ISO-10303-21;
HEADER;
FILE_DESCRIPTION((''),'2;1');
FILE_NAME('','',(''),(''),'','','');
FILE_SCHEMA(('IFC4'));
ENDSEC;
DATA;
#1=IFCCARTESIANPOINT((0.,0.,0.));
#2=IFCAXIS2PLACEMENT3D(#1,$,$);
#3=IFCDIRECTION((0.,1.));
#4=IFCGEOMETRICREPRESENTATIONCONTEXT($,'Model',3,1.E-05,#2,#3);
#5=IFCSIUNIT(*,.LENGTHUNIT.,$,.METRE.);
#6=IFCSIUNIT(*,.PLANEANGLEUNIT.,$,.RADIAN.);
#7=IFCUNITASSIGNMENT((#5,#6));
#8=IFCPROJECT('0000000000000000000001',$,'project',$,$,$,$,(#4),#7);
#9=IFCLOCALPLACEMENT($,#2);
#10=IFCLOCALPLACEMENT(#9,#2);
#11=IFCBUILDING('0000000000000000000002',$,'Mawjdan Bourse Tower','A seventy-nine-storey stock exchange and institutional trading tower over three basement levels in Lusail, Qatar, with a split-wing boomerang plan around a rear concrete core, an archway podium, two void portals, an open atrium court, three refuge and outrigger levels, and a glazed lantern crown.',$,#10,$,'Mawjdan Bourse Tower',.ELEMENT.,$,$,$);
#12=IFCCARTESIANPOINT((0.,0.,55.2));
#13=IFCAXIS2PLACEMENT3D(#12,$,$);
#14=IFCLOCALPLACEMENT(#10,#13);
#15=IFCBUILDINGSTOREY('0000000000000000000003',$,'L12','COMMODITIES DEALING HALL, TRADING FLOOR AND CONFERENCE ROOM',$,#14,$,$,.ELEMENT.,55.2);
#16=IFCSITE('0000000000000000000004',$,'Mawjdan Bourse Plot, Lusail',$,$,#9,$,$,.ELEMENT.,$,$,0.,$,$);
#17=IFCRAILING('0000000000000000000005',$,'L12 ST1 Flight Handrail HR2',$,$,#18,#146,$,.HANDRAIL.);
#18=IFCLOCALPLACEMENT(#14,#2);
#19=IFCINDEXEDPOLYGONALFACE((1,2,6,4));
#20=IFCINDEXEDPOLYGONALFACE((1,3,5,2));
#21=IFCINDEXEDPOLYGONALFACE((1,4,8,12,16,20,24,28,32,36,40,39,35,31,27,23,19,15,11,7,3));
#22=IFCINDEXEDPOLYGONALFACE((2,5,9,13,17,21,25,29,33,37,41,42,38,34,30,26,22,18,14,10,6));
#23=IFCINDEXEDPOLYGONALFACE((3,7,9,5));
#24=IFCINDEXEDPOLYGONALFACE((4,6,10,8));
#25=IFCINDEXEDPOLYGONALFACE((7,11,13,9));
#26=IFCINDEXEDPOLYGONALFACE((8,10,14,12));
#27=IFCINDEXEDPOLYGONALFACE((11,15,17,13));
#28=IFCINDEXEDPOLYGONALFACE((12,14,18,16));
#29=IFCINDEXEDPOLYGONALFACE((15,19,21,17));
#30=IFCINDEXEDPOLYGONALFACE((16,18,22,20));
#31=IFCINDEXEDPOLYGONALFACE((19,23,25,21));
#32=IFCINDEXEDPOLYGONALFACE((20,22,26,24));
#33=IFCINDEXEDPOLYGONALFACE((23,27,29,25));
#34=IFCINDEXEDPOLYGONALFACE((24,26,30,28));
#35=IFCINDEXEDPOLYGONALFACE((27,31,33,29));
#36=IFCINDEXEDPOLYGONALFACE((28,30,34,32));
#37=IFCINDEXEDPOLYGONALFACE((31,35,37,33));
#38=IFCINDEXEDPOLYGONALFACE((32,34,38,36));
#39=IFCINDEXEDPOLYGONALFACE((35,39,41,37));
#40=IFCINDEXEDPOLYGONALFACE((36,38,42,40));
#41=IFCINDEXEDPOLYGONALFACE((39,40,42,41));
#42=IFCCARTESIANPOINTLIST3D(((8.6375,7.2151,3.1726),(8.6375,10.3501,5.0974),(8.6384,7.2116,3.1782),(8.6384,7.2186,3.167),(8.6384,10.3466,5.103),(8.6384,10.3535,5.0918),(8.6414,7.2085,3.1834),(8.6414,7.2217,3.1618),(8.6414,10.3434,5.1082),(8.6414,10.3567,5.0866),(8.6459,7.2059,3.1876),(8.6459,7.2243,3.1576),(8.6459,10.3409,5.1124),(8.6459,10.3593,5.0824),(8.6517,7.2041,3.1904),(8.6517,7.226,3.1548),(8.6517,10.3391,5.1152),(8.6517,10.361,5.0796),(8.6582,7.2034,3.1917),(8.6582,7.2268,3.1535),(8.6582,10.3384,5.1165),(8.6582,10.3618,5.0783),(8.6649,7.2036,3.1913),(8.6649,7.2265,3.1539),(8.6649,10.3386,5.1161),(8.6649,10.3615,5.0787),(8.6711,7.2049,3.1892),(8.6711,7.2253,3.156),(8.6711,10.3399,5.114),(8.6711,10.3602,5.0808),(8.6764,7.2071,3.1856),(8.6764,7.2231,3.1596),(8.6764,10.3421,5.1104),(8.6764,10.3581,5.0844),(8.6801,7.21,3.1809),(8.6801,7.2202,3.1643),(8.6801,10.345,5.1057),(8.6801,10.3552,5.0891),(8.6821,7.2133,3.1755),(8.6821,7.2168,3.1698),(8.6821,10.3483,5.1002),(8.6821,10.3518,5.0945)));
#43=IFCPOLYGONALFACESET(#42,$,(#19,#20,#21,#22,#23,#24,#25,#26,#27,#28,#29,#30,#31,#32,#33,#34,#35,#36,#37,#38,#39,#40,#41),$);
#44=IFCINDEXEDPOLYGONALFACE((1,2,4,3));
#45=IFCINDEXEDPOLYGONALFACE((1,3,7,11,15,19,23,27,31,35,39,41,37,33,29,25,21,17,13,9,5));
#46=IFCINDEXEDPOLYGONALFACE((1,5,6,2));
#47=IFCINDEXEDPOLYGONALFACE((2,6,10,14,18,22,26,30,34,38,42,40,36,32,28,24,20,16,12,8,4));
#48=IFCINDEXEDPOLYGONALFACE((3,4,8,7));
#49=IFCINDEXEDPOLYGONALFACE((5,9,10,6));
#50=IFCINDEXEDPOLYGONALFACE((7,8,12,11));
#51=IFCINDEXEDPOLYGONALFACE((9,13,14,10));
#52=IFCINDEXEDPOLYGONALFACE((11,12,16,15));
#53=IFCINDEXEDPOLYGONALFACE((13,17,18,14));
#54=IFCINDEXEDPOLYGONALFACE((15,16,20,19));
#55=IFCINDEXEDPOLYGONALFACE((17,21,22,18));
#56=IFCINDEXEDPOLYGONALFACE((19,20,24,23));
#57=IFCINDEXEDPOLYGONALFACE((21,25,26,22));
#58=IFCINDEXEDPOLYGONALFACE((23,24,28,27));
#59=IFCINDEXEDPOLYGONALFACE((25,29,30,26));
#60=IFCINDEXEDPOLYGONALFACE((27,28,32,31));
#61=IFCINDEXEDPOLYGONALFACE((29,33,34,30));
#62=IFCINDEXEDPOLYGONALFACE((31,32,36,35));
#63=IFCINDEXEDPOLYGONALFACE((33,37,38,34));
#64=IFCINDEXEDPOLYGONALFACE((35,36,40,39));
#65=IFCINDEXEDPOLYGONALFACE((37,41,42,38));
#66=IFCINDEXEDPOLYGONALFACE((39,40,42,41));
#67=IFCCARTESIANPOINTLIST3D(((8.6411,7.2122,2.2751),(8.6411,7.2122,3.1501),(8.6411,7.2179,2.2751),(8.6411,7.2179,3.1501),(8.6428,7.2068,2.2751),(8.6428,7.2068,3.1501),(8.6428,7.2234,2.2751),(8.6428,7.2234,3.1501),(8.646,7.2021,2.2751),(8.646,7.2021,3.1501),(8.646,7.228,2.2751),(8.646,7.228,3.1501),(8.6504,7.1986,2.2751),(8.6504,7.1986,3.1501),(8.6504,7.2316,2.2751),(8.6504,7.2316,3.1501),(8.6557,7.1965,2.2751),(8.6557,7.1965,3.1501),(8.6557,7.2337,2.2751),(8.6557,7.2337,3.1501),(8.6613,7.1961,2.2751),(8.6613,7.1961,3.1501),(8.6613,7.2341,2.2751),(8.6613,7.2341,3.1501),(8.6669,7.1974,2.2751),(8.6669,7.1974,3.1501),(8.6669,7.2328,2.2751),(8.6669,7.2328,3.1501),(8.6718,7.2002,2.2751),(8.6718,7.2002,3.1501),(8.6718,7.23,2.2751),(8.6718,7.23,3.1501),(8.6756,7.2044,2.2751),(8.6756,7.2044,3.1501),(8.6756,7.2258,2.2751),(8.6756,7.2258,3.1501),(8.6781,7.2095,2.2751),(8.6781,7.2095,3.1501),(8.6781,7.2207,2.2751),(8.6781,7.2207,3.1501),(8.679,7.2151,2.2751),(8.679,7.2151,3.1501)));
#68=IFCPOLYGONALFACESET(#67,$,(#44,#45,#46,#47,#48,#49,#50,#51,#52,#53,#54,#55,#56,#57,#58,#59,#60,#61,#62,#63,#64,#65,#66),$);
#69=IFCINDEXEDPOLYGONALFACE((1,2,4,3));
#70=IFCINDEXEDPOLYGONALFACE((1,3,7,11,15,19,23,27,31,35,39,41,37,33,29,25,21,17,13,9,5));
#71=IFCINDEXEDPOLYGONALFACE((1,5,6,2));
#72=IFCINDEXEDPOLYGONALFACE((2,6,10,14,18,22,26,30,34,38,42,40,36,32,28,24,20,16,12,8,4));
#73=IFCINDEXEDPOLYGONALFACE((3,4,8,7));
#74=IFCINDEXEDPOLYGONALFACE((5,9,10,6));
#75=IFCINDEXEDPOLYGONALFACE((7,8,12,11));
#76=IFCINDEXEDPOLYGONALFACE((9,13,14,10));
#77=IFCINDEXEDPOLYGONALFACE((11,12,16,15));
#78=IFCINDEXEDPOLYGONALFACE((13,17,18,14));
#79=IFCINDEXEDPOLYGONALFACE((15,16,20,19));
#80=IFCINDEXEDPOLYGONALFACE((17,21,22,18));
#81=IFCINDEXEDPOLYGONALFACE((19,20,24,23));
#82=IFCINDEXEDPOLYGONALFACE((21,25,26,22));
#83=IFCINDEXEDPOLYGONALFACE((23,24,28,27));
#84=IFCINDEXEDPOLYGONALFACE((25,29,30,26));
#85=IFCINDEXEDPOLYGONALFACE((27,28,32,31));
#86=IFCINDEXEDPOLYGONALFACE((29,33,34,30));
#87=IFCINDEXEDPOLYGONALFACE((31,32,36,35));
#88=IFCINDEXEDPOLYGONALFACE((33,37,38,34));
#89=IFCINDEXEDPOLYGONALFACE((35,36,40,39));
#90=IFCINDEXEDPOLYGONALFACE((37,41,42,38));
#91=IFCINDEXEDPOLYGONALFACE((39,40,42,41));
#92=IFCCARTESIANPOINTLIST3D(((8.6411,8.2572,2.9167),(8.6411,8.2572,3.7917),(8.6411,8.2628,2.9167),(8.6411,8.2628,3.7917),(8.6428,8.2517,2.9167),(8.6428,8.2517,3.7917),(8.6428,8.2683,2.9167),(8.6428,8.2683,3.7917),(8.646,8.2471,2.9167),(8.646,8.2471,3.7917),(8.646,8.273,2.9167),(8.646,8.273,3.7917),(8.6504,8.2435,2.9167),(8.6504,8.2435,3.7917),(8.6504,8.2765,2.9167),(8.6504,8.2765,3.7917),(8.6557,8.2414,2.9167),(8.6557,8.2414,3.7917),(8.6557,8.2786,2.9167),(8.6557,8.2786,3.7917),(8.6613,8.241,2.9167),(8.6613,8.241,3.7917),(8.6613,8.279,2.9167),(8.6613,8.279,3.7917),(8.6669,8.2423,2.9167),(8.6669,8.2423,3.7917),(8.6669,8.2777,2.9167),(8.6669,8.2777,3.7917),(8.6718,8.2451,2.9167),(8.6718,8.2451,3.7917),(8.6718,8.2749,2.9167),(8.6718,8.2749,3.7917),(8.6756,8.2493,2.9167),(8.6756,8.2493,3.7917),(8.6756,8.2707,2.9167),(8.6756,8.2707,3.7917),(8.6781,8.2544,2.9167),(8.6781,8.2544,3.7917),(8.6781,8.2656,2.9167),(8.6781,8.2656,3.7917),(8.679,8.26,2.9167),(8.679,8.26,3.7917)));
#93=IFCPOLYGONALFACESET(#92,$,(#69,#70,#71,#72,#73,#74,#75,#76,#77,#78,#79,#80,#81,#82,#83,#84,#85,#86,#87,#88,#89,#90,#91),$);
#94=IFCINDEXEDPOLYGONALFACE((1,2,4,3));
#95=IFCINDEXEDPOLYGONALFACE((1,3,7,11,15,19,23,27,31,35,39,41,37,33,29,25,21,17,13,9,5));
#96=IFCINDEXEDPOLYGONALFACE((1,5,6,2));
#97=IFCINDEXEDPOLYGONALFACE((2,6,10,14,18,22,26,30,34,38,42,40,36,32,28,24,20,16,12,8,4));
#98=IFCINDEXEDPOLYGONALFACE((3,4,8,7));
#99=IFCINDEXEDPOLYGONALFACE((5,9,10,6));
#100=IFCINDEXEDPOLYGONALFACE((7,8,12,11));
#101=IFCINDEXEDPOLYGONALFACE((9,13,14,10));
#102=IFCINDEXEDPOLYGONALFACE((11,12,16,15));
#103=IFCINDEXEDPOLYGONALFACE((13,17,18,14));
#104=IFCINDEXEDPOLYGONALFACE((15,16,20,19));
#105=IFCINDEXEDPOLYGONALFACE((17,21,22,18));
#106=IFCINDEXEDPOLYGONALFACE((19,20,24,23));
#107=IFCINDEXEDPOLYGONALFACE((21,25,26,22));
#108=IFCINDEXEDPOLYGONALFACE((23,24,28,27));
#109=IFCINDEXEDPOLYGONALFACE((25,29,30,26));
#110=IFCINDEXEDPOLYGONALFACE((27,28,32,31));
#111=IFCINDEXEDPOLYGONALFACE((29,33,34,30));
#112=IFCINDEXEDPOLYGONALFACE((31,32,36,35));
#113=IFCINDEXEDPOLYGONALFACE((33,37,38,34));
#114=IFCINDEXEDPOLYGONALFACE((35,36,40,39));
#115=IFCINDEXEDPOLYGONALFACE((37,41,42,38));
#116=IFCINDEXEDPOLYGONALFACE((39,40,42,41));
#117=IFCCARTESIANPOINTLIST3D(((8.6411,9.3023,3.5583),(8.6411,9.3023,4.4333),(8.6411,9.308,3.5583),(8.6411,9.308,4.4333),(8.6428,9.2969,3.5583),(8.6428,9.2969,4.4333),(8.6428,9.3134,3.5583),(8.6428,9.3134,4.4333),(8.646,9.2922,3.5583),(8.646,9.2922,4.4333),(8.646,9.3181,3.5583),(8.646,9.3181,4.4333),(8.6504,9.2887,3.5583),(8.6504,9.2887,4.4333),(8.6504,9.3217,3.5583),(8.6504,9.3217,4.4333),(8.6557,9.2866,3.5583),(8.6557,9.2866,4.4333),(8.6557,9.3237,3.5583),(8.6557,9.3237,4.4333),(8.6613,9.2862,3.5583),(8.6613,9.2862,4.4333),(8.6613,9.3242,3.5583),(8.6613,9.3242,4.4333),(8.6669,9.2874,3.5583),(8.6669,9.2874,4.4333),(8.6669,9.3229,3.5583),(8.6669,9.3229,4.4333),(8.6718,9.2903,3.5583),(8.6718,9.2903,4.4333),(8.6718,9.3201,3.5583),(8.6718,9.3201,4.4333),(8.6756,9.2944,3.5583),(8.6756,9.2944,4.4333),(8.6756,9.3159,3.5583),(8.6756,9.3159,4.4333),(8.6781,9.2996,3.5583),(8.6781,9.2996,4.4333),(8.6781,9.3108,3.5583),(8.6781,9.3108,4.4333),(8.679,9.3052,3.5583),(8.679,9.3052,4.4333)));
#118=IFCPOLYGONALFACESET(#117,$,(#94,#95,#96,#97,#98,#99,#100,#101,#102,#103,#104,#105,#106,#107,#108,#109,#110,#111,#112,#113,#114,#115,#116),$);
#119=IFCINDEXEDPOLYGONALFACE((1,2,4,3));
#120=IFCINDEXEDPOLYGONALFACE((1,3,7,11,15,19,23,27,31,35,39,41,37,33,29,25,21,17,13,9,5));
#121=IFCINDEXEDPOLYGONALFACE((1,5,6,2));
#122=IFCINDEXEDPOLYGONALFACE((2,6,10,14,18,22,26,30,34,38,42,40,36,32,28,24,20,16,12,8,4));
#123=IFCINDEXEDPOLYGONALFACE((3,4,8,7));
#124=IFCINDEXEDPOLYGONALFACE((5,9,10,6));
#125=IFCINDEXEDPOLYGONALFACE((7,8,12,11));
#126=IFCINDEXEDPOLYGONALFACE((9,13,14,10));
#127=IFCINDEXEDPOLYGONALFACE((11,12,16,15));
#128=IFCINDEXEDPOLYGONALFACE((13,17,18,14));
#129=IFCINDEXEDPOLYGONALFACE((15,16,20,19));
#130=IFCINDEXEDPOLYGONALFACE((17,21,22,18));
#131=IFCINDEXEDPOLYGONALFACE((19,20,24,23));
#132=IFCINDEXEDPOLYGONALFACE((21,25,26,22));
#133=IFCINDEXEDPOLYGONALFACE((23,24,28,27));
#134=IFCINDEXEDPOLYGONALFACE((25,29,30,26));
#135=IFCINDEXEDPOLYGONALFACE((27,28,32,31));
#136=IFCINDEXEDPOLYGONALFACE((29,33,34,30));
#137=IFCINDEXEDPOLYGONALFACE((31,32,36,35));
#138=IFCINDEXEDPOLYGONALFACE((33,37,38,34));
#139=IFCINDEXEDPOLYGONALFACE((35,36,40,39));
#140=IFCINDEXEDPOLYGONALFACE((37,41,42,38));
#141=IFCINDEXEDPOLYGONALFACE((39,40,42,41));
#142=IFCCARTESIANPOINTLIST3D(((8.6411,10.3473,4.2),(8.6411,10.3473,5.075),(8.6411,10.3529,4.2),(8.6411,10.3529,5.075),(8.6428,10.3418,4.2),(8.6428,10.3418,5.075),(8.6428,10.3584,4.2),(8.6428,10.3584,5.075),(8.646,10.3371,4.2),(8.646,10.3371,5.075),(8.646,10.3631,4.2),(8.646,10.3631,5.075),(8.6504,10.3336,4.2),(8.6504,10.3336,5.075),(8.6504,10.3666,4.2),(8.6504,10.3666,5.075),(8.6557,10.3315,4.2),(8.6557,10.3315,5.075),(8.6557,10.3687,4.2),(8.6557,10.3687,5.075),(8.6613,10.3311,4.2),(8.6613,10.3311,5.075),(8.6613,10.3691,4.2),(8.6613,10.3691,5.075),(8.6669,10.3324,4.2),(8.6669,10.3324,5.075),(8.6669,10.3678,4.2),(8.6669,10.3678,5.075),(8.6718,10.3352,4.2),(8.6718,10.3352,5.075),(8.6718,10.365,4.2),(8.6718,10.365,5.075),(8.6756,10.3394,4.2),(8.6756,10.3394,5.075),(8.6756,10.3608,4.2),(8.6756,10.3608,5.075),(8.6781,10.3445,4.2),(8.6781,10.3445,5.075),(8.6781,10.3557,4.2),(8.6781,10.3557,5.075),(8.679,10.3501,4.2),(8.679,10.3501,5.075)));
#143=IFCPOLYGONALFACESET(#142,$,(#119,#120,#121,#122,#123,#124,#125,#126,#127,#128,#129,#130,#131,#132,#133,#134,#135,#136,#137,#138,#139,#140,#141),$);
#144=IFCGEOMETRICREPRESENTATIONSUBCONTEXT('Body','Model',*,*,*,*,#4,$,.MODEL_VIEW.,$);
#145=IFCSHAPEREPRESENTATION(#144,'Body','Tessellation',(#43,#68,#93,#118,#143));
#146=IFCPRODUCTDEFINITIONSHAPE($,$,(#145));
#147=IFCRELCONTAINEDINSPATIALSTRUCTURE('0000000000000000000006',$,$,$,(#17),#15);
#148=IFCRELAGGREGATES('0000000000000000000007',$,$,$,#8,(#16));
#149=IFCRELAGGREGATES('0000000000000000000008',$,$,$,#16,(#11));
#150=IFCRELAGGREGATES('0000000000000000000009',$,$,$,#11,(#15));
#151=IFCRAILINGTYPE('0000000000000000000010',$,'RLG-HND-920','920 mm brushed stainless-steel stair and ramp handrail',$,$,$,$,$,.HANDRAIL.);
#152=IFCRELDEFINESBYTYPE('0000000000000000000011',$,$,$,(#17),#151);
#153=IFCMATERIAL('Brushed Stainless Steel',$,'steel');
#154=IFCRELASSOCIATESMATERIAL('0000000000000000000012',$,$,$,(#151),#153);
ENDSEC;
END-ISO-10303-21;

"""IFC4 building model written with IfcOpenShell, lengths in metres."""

from ifc_helpers import new_model, si_unit, direction, frame, origin, origin_2d, place, context, subcontext, project, spatial, circle, extrude, material, type_object, element, save


model = new_model("IFC4")

# Units and contexts
model_context = context("Model", 3, precision=1e-05, world=origin(), true_north=direction((0.0, 1.0)))
body_context = subcontext(model_context, "Body", "Model", "MODEL_VIEW")
ifc_project = project(units=[si_unit("LENGTHUNIT", "METRE"), si_unit("PLANEANGLEUNIT", "RADIAN")], contexts=[model_context])

# Site, building, storey
site_placement = place(None, origin())
site = spatial("IfcSite", under=ifc_project, at=site_placement, Name="Mawjdan Bourse Plot, Lusail", CompositionType="ELEMENT", RefElevation=0.0)
building_placement = place(site_placement, origin())
building = spatial("IfcBuilding", under=site, at=building_placement, Name="Mawjdan Bourse Tower", Description="A seventy-nine-storey stock exchange and institutional trading tower over three basement levels in Lusail, Qatar, with a split-wing boomerang plan around a rear concrete core, an archway podium, two void portals, an open atrium court, three refuge and outrigger levels, and a glazed lantern crown.", LongName="Mawjdan Bourse Tower", CompositionType="ELEMENT")
storey_placement = place(building_placement, frame((0.0, 0.0, 55.2)))
storey = spatial("IfcBuildingStorey", under=building, at=storey_placement, Name="L12", Description="COMMODITIES DEALING HALL, TRADING FLOOR AND CONFERENCE ROOM", CompositionType="ELEMENT", Elevation=55.2)

# Railing
ifc_material_1 = material(Name="Brushed Stainless Steel", Category="steel")
railing_type_1 = type_object("IfcRailingType", Name="RLG-HND-920", Description="920 mm brushed stainless-steel stair and ramp handrail", PredefinedType="HANDRAIL", material=ifc_material_1)
railing_1_placement = place(storey_placement, frame((8.6599, 7.2151, 2.2751)))
element("IfcRailing", 1, at=railing_1_placement, inside=storey, type_object=railing_type_1, Name="L12 ST1 Flight Handrail HR2", PredefinedType="HANDRAIL", context=body_context, shape_type="SweptSolid", body=[
    extrude(circle(Radius=0.0225, at=origin_2d()), frame((0.0, 0.0, 0.8975), z_axis=(0.0, 0.852196, 0.523223), x_axis=(-1.0, 0.0, 0.0)), (0.0, 0.0, 1.0), 3.6787),
    extrude(circle(Radius=0.019, at=origin_2d()), origin(), (0.0, 0.0, 1.0), 0.875),
    extrude(circle(Radius=0.019, at=origin_2d()), frame((0.0, 1.0449, 0.6416)), (0.0, 0.0, 1.0), 0.875),
    extrude(circle(Radius=0.019, at=origin_2d()), frame((0.0, 2.0901, 1.2832)), (0.0, 0.0, 1.0), 0.875),
    extrude(circle(Radius=0.019, at=origin_2d()), frame((0.0, 3.135, 1.9248)), (0.0, 0.0, 1.0), 0.875),
])

save(model, "model.ifc")
